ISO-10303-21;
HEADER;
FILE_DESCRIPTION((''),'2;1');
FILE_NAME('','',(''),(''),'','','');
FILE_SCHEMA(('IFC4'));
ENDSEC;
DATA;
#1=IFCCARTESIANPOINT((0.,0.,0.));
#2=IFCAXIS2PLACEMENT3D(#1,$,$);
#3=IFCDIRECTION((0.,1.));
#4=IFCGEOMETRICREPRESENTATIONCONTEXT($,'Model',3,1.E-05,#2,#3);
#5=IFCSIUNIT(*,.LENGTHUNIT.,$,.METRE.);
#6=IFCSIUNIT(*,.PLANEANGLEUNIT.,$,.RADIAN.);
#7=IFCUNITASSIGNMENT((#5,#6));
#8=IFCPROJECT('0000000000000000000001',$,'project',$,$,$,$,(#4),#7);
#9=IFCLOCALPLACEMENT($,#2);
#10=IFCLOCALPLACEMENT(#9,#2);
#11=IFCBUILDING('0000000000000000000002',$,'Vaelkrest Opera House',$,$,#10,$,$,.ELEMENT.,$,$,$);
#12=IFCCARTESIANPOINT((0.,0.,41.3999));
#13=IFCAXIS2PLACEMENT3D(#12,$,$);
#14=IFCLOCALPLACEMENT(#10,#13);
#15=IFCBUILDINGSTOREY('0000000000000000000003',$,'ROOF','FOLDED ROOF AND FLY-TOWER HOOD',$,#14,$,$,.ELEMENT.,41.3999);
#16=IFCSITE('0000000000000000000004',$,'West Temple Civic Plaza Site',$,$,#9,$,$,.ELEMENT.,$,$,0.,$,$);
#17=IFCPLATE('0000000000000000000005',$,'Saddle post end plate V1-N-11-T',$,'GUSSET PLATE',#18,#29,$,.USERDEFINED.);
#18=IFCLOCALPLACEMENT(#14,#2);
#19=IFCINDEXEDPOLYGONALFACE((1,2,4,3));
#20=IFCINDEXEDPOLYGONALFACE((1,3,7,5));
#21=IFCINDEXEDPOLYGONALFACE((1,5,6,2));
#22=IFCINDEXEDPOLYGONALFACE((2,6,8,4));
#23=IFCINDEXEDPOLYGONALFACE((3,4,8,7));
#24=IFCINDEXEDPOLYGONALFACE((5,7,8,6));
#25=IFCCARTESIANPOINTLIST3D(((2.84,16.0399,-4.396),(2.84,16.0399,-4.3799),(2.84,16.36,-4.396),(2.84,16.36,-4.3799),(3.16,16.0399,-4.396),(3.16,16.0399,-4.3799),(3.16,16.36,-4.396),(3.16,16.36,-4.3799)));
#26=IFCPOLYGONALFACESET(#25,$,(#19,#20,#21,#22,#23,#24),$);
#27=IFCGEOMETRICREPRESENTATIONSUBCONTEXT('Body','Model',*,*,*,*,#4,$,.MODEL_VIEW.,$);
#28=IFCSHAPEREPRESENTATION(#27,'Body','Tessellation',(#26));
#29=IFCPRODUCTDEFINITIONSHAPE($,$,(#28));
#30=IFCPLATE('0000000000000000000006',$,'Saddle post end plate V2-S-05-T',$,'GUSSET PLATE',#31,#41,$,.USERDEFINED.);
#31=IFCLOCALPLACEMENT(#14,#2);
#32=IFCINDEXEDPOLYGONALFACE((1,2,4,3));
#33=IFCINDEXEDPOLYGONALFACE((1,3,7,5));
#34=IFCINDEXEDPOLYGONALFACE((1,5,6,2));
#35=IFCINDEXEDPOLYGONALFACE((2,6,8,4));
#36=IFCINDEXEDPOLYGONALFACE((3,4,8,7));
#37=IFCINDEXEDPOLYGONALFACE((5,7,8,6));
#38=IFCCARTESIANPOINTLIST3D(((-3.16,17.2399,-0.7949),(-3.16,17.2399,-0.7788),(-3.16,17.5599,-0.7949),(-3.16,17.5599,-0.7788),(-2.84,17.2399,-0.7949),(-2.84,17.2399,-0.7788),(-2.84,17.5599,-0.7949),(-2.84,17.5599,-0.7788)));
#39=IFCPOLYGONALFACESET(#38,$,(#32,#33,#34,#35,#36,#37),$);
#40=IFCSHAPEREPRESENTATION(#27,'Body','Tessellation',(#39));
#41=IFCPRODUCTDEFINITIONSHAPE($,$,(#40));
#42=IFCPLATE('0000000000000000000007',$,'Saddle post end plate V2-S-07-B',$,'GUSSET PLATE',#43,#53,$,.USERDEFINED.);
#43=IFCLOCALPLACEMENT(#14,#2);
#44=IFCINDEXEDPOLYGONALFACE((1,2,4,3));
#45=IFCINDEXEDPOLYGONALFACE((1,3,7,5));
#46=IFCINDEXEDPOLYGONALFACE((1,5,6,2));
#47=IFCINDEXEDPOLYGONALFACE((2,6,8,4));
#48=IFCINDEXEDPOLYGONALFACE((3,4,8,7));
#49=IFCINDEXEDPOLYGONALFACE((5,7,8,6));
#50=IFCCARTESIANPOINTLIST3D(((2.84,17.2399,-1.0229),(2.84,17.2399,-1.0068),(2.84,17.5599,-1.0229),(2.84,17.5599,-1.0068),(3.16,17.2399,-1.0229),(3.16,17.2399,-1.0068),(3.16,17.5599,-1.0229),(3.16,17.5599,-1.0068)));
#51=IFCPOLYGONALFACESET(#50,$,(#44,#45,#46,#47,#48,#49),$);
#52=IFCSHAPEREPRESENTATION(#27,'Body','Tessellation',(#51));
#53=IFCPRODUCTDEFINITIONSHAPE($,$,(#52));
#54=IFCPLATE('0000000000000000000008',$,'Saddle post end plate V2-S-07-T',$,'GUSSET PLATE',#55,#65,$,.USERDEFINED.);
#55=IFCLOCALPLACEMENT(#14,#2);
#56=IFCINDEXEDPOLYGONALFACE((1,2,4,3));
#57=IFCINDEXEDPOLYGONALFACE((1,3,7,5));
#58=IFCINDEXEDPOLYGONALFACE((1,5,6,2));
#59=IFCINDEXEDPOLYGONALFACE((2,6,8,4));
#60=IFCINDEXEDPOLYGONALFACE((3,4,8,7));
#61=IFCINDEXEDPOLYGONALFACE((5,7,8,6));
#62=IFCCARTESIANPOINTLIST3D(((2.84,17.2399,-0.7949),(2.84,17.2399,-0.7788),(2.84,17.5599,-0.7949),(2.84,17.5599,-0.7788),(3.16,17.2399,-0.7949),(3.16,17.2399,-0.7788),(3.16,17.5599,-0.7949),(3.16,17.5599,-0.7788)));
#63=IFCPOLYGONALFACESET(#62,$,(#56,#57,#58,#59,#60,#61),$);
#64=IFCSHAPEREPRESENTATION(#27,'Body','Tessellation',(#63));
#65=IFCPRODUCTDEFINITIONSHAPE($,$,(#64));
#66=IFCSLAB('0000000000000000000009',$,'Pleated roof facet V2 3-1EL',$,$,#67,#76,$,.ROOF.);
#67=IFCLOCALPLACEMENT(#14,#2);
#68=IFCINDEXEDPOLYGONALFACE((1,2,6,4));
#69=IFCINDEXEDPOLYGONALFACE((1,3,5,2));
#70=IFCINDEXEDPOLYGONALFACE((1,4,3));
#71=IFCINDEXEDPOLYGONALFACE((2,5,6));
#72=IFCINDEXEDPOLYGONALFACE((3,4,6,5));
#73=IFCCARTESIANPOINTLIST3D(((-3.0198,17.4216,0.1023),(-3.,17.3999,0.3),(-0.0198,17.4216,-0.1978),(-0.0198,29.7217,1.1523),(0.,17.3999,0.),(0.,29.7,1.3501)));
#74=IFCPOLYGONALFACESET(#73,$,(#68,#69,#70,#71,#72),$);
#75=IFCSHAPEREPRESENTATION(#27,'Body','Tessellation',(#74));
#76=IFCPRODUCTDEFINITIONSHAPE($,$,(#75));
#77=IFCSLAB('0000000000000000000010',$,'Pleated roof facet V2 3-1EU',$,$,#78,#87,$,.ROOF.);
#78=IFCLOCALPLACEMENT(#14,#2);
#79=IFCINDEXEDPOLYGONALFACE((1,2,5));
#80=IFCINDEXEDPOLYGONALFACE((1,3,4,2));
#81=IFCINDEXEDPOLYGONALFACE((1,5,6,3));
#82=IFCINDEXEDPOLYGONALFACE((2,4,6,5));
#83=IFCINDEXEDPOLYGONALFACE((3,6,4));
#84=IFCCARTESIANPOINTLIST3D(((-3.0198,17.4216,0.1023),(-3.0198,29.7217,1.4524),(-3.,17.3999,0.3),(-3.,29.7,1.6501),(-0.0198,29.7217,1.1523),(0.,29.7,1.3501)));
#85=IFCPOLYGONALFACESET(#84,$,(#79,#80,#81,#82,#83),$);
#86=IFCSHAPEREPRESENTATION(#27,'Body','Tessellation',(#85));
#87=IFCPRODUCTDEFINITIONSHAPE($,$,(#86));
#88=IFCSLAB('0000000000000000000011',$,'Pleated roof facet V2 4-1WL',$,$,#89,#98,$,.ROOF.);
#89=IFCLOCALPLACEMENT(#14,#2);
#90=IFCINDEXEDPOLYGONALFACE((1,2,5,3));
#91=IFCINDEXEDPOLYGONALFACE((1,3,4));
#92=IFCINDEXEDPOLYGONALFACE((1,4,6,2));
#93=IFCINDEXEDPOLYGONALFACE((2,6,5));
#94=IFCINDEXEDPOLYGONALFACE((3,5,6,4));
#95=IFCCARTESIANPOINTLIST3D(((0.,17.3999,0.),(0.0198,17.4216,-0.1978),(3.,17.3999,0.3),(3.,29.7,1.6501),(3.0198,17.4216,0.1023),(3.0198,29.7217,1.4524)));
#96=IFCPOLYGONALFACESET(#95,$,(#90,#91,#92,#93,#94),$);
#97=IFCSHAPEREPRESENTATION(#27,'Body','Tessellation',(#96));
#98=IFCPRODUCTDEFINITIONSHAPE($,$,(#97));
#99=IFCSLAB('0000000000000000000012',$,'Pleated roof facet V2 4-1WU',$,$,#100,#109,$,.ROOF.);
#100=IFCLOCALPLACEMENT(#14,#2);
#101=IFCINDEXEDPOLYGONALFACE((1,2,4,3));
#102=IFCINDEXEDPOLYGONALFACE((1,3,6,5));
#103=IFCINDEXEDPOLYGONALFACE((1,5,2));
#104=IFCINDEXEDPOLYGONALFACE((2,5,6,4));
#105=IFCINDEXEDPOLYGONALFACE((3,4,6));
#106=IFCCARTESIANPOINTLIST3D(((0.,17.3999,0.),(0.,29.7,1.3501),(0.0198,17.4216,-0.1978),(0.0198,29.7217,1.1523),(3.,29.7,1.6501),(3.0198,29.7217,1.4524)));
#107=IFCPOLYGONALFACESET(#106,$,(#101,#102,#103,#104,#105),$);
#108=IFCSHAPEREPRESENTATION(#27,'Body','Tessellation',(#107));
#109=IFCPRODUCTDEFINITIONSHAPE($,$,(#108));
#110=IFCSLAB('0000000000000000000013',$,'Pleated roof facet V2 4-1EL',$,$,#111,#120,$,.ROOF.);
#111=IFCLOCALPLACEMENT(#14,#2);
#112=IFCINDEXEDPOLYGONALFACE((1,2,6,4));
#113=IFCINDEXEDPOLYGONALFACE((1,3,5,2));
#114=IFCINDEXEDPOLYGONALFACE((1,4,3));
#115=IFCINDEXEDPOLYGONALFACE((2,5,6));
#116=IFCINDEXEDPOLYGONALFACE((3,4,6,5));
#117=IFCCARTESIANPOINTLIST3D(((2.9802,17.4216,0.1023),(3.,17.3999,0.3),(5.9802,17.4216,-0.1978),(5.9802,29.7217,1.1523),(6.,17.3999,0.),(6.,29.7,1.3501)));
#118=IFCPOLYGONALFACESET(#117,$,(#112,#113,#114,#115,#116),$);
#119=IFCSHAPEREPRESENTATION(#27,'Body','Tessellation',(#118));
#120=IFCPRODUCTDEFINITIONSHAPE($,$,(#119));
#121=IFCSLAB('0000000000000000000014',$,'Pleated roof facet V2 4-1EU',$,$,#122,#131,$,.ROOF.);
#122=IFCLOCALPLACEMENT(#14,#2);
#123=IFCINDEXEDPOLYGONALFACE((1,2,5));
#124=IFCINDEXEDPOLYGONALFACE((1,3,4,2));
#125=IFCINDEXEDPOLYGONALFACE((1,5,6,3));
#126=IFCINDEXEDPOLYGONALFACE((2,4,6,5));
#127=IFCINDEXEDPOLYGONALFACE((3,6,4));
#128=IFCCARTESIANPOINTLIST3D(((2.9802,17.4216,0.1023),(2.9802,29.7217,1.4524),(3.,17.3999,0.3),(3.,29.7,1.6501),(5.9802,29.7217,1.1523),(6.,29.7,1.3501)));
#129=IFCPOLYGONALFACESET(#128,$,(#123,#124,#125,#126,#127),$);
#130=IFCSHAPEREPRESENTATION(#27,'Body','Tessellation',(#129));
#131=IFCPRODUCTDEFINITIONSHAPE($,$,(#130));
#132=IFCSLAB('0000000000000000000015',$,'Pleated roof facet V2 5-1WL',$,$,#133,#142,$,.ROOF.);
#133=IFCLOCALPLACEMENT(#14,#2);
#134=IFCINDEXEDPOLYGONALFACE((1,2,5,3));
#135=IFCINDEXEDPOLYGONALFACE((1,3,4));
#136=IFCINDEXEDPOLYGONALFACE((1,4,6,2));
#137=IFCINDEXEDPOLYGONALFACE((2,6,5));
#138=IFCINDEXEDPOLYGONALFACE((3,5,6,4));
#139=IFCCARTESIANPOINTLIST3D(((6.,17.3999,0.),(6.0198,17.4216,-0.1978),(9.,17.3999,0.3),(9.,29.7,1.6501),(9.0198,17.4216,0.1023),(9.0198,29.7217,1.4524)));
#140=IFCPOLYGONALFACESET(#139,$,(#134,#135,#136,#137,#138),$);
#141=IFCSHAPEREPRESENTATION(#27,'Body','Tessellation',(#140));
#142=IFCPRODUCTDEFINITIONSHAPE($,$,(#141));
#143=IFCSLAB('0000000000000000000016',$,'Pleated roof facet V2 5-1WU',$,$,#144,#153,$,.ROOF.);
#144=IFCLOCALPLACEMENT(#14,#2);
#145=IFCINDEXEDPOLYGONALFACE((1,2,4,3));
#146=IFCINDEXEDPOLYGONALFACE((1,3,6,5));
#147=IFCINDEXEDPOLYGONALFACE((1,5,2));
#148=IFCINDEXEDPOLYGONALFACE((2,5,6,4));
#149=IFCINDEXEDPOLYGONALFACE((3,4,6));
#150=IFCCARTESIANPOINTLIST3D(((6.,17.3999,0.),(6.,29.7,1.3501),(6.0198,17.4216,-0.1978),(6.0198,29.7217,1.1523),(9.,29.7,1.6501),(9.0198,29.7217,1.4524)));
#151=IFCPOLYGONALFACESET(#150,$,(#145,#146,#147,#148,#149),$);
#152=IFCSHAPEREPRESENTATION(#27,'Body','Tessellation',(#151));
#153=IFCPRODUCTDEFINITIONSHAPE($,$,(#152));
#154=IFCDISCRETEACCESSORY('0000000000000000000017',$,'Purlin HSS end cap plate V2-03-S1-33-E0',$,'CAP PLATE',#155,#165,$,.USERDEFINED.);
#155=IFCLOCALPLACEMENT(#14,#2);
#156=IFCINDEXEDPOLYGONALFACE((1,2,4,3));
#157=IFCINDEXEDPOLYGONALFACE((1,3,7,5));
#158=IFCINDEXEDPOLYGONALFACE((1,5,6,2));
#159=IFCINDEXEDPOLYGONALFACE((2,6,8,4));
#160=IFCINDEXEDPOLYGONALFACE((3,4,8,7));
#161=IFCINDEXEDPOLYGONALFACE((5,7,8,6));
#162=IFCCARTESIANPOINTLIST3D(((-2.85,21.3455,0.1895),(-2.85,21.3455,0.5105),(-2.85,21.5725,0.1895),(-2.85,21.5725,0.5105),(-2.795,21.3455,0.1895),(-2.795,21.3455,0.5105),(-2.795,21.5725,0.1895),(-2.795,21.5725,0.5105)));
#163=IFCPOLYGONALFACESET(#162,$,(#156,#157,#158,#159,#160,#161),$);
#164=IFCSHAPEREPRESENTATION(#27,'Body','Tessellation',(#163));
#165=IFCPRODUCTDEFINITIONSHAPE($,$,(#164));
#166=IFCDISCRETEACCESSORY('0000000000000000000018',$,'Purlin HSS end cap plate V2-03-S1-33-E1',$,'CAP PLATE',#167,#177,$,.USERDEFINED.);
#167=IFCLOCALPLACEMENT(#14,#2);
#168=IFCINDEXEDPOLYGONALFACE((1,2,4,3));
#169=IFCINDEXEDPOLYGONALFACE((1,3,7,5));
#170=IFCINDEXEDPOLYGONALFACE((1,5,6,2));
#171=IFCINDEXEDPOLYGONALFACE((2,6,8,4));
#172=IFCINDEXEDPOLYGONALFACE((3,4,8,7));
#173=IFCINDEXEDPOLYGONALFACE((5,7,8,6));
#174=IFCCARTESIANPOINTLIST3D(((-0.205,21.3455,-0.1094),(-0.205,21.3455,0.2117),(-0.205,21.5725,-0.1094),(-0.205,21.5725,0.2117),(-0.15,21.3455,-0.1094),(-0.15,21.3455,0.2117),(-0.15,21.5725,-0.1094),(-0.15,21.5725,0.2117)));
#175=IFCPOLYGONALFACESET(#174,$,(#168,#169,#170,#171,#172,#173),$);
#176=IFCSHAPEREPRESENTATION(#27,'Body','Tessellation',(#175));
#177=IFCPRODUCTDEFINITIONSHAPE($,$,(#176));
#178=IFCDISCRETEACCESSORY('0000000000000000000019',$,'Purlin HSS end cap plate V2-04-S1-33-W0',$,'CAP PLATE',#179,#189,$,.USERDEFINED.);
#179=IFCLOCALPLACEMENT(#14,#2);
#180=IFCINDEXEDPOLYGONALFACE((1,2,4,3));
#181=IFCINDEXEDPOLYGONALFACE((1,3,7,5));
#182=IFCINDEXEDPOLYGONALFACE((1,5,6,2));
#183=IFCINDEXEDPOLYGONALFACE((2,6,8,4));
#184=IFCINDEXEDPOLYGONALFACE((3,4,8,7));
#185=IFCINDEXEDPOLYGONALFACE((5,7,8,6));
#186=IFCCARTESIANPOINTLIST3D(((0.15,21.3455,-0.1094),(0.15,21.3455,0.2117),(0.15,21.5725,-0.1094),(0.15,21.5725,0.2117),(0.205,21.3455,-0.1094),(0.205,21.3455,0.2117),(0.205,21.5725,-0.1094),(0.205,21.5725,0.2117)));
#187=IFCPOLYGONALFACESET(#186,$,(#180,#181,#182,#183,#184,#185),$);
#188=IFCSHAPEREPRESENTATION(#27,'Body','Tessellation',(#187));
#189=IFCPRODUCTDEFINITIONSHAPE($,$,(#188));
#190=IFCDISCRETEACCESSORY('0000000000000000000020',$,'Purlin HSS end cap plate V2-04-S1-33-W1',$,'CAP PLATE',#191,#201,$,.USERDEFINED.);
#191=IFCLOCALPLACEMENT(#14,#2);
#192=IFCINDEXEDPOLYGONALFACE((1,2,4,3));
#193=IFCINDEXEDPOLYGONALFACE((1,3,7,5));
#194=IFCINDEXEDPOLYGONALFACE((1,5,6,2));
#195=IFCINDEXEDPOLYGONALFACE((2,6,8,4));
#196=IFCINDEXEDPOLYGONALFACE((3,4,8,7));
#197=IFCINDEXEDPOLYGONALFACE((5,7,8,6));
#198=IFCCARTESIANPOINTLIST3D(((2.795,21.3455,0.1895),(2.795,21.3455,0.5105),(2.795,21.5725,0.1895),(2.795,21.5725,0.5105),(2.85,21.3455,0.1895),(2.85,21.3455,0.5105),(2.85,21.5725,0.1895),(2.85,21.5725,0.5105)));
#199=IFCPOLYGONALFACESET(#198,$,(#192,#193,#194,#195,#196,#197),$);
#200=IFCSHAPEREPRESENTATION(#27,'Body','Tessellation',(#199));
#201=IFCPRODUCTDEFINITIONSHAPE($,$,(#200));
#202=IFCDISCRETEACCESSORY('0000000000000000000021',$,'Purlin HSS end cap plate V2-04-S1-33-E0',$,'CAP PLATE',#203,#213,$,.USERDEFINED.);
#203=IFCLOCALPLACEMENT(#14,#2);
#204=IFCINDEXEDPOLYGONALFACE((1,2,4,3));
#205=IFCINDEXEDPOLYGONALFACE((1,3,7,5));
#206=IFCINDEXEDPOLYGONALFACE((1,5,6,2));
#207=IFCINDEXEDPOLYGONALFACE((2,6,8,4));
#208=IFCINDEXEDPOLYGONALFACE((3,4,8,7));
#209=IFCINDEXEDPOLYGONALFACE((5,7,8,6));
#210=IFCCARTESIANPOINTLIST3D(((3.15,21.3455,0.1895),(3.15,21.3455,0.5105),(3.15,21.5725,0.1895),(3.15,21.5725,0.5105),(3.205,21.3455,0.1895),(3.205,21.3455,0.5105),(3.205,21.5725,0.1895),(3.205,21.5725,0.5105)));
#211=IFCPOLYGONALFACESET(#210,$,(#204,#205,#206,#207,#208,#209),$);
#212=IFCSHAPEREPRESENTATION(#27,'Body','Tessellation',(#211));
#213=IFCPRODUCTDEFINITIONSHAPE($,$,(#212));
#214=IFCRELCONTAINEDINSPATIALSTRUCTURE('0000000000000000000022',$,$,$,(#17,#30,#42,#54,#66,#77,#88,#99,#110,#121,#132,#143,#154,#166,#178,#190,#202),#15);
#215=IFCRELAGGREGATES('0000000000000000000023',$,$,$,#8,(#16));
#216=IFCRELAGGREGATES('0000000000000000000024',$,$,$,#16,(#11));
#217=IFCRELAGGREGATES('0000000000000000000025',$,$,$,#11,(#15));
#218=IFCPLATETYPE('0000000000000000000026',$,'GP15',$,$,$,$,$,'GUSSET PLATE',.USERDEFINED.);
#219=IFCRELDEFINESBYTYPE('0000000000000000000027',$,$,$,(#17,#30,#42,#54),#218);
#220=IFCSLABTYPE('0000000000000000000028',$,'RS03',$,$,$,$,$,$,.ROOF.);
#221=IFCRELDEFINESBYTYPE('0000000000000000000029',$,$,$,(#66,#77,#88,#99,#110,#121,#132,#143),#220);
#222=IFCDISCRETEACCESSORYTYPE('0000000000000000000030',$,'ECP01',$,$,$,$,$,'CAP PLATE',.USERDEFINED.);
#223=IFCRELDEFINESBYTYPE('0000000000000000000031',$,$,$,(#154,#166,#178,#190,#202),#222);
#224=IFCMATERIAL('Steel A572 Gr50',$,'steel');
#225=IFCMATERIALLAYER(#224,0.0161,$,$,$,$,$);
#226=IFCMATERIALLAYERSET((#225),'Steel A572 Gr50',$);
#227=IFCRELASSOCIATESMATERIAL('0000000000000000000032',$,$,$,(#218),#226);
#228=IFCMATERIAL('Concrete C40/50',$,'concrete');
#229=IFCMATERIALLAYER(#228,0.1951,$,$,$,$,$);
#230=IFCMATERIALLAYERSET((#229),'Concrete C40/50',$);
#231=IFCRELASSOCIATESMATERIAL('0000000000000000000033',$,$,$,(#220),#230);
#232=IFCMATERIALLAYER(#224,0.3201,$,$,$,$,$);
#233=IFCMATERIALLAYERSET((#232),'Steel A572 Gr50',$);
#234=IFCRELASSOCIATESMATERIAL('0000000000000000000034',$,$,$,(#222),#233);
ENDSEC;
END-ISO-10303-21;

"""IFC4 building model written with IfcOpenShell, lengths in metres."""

from ifc_helpers import new_model, si_unit, direction, frame, origin, origin_2d, place, context, subcontext, project, spatial, polyline, rectangle, outline, extrude, material, layer, layer_set, type_object, element, save


model = new_model("IFC4")

# Units and contexts
model_context = context("Model", 3, precision=1e-05, world=origin(), true_north=direction((0.0, 1.0)))
body_context = subcontext(model_context, "Body", "Model", "MODEL_VIEW")
ifc_project = project(units=[si_unit("LENGTHUNIT", "METRE"), si_unit("PLANEANGLEUNIT", "RADIAN")], contexts=[model_context])

# Site, building, storey
site_placement = place(None, origin())
site = spatial("IfcSite", under=ifc_project, at=site_placement, Name="West Temple Civic Plaza Site", CompositionType="ELEMENT", RefElevation=0.0)
building_placement = place(site_placement, origin())
building = spatial("IfcBuilding", under=site, at=building_placement, Name="Vaelkrest Opera House", CompositionType="ELEMENT")
storey_placement = place(building_placement, frame((0.0, 0.0, 41.3999)))
storey = spatial("IfcBuildingStorey", under=building, at=storey_placement, Name="ROOF", Description="FOLDED ROOF AND FLY-TOWER HOOD", CompositionType="ELEMENT", Elevation=41.3999)

# Plates
ifc_material_1 = material(Name="Steel A572 Gr50", Category="steel")
ifc_layer_1 = layer(ifc_material_1, 0.0161)
ifc_layer_set_1 = layer_set([ifc_layer_1], Name="Steel A572 Gr50")
plate_type_1 = type_object("IfcPlateType", Name="GP15", ElementType="GUSSET PLATE", PredefinedType="USERDEFINED", material=ifc_layer_set_1)
for number, where, z_axis, x_axis, name in (
    (1, (3.0, 16.2, -4.396), (0.0, 0.0, 1.0), (1.0, 0.0, 0.0), "Saddle post end plate V1-N-11-T"),
    (2, (-3.0, 17.3999, -0.7949), (0.0, 0.0, 1.0), (1.0, 0.0, 0.0), "Saddle post end plate V2-S-05-T"),
    (3, (3.0, 17.3999, -1.0229), (0.0, 0.0, 1.0), (1.0, 0.0, 0.0), "Saddle post end plate V2-S-07-B"),
    (4, (3.0, 17.3999, -0.7949), (0.0, 0.0, 1.0), (1.0, 0.0, 0.0), "Saddle post end plate V2-S-07-T"),
):
    element("IfcPlate", number, at=place(storey_placement, frame(where, z_axis=z_axis, x_axis=x_axis)), inside=storey, type_object=plate_type_1, Name=name, ObjectType="GUSSET PLATE", PredefinedType="USERDEFINED", context=body_context, shape_type="SweptSolid", body=[
        extrude(rectangle(XDim=0.3201, YDim=0.3201, at=origin_2d()), origin(), (0.0, 0.0, 1.0), 0.0161),
    ])

# Slabs
ifc_material_2 = material(Name="Concrete C40/50", Category="concrete")
ifc_layer_2 = layer(ifc_material_2, 0.1951)
ifc_layer_set_2 = layer_set([ifc_layer_2], Name="Concrete C40/50")
slab_type = type_object("IfcSlabType", Name="RS03", PredefinedType="ROOF", material=ifc_layer_set_2)
slab_1_placement = place(storey_placement, frame((-3.0, 17.3999, 0.3), z_axis=(0.098931, -0.108573, 0.989153), x_axis=(0.995036, 0.0, -0.09952)))
element("IfcSlab", 5, at=slab_1_placement, inside=storey, type_object=slab_type, Name="Pleated roof facet V2 3-1EL", PredefinedType="ROOF", context=body_context, shape_type="SweptSolid", body=[
    extrude(outline(polyline([(0.0, 0.0), (3.015, 0.0), (2.8806, 12.3732), (0.0, 0.0)])), origin(), (0.0, 0.0, -1.0), 0.2),
])
slab_2_placement = place(storey_placement, frame((-3.0, 17.3999, 0.3), z_axis=(0.098931, -0.108573, 0.989153), x_axis=(0.236144, 0.968196, 0.082654)))
element("IfcSlab", 6, at=slab_2_placement, inside=storey, type_object=slab_type, Name="Pleated roof facet V2 3-1EU", PredefinedType="ROOF", context=body_context, shape_type="SweptSolid", body=[
    extrude(outline(polyline([(0.0, 0.0), (12.7041, 0.0), (12.0205, 2.9364), (0.0, 0.0)])), origin(), (0.0, 0.0, -1.0), 0.2),
])
slab_3_placement = place(storey_placement, frame((0.0, 17.3999, 0.0), z_axis=(-0.098931, -0.108573, 0.989153), x_axis=(0.995036, 0.0, 0.09952)))
element("IfcSlab", 7, at=slab_3_placement, inside=storey, type_object=slab_type, Name="Pleated roof facet V2 4-1WL", PredefinedType="ROOF", context=body_context, shape_type="SweptSolid", body=[
    extrude(outline(polyline([(0.0, 0.0), (3.015, 0.0), (3.1493, 12.3732), (0.0, 0.0)])), origin(), (0.0, 0.0, -1.0), 0.2),
])
slab_4_placement = place(storey_placement, frame((0.0, 17.3999, 0.0), z_axis=(-0.098931, -0.108573, 0.989153), x_axis=(0.234968, 0.963372, 0.129244)))
element("IfcSlab", 8, at=slab_4_placement, inside=storey, type_object=slab_type, Name="Pleated roof facet V2 4-1WU", PredefinedType="ROOF", context=body_context, shape_type="SweptSolid", body=[
    extrude(outline(polyline([(0.0, 0.0), (12.7677, 0.0), (12.024, 2.9218), (0.0, 0.0)])), origin(), (0.0, 0.0, -1.0), 0.2),
])
slab_5_placement = place(storey_placement, frame((3.0, 17.3999, 0.3), z_axis=(0.098931, -0.108573, 0.989153), x_axis=(0.995036, 0.0, -0.09952)))
element("IfcSlab", 9, at=slab_5_placement, inside=storey, type_object=slab_type, Name="Pleated roof facet V2 4-1EL", PredefinedType="ROOF", context=body_context, shape_type="SweptSolid", body=[
    extrude(outline(polyline([(0.0, 0.0), (3.015, 0.0), (2.8806, 12.3732), (0.0, 0.0)])), origin(), (0.0, 0.0, -1.0), 0.2),
])
slab_6_placement = place(storey_placement, frame((3.0, 17.3999, 0.3), z_axis=(0.098931, -0.108573, 0.989153), x_axis=(0.236144, 0.968196, 0.082654)))
element("IfcSlab", 10, at=slab_6_placement, inside=storey, type_object=slab_type, Name="Pleated roof facet V2 4-1EU", PredefinedType="ROOF", context=body_context, shape_type="SweptSolid", body=[
    extrude(outline(polyline([(0.0, 0.0), (12.7041, 0.0), (12.0205, 2.9364), (0.0, 0.0)])), origin(), (0.0, 0.0, -1.0), 0.2),
])
slab_7_placement = place(storey_placement, frame((6.0, 17.3999, 0.0), z_axis=(-0.098931, -0.108573, 0.989153), x_axis=(0.995036, 0.0, 0.09952)))
element("IfcSlab", 11, at=slab_7_placement, inside=storey, type_object=slab_type, Name="Pleated roof facet V2 5-1WL", PredefinedType="ROOF", context=body_context, shape_type="SweptSolid", body=[
    extrude(outline(polyline([(0.0, 0.0), (3.015, 0.0), (3.1493, 12.3732), (0.0, 0.0)])), origin(), (0.0, 0.0, -1.0), 0.2),
])
slab_8_placement = place(storey_placement, frame((6.0, 17.3999, 0.0), z_axis=(-0.098931, -0.108573, 0.989153), x_axis=(0.234968, 0.963372, 0.129244)))
element("IfcSlab", 12, at=slab_8_placement, inside=storey, type_object=slab_type, Name="Pleated roof facet V2 5-1WU", PredefinedType="ROOF", context=body_context, shape_type="SweptSolid", body=[
    extrude(outline(polyline([(0.0, 0.0), (12.7677, 0.0), (12.024, 2.9218), (0.0, 0.0)])), origin(), (0.0, 0.0, -1.0), 0.2),
])

# Discrete accessories
ifc_layer_3 = layer(ifc_material_1, 0.3201)
ifc_layer_set_3 = layer_set([ifc_layer_3], Name="Steel A572 Gr50")
discrete_accessory_type = type_object("IfcDiscreteAccessoryType", Name="ECP01", ElementType="CAP PLATE", PredefinedType="USERDEFINED", material=ifc_layer_set_3)
for number, where, z_axis, x_axis, name in (
    (13, (-2.8225, 21.459, 0.1895), (0.0, 0.0, 1.0), (1.0, 0.0, 0.0), "Purlin HSS end cap plate V2-03-S1-33-E0"),
    (14, (-0.1775, 21.459, -0.1094), (0.0, 0.0, 1.0), (1.0, 0.0, 0.0), "Purlin HSS end cap plate V2-03-S1-33-E1"),
    (15, (0.1775, 21.459, -0.1094), (0.0, 0.0, 1.0), (1.0, 0.0, 0.0), "Purlin HSS end cap plate V2-04-S1-33-W0"),
    (16, (2.8225, 21.459, 0.1895), (0.0, 0.0, 1.0), (1.0, 0.0, 0.0), "Purlin HSS end cap plate V2-04-S1-33-W1"),
    (17, (3.1775, 21.459, 0.1895), (0.0, 0.0, 1.0), (1.0, 0.0, 0.0), "Purlin HSS end cap plate V2-04-S1-33-E0"),
):
    element("IfcDiscreteAccessory", number, at=place(storey_placement, frame(where, z_axis=z_axis, x_axis=x_axis)), inside=storey, type_object=discrete_accessory_type, Name=name, ObjectType="CAP PLATE", PredefinedType="USERDEFINED", context=body_context, shape_type="SweptSolid", body=[
        extrude(rectangle(XDim=0.0549, YDim=0.2271, at=origin_2d()), origin(), (0.0, 0.0, 1.0), 0.321),
    ])

save(model, "model.ifc")
